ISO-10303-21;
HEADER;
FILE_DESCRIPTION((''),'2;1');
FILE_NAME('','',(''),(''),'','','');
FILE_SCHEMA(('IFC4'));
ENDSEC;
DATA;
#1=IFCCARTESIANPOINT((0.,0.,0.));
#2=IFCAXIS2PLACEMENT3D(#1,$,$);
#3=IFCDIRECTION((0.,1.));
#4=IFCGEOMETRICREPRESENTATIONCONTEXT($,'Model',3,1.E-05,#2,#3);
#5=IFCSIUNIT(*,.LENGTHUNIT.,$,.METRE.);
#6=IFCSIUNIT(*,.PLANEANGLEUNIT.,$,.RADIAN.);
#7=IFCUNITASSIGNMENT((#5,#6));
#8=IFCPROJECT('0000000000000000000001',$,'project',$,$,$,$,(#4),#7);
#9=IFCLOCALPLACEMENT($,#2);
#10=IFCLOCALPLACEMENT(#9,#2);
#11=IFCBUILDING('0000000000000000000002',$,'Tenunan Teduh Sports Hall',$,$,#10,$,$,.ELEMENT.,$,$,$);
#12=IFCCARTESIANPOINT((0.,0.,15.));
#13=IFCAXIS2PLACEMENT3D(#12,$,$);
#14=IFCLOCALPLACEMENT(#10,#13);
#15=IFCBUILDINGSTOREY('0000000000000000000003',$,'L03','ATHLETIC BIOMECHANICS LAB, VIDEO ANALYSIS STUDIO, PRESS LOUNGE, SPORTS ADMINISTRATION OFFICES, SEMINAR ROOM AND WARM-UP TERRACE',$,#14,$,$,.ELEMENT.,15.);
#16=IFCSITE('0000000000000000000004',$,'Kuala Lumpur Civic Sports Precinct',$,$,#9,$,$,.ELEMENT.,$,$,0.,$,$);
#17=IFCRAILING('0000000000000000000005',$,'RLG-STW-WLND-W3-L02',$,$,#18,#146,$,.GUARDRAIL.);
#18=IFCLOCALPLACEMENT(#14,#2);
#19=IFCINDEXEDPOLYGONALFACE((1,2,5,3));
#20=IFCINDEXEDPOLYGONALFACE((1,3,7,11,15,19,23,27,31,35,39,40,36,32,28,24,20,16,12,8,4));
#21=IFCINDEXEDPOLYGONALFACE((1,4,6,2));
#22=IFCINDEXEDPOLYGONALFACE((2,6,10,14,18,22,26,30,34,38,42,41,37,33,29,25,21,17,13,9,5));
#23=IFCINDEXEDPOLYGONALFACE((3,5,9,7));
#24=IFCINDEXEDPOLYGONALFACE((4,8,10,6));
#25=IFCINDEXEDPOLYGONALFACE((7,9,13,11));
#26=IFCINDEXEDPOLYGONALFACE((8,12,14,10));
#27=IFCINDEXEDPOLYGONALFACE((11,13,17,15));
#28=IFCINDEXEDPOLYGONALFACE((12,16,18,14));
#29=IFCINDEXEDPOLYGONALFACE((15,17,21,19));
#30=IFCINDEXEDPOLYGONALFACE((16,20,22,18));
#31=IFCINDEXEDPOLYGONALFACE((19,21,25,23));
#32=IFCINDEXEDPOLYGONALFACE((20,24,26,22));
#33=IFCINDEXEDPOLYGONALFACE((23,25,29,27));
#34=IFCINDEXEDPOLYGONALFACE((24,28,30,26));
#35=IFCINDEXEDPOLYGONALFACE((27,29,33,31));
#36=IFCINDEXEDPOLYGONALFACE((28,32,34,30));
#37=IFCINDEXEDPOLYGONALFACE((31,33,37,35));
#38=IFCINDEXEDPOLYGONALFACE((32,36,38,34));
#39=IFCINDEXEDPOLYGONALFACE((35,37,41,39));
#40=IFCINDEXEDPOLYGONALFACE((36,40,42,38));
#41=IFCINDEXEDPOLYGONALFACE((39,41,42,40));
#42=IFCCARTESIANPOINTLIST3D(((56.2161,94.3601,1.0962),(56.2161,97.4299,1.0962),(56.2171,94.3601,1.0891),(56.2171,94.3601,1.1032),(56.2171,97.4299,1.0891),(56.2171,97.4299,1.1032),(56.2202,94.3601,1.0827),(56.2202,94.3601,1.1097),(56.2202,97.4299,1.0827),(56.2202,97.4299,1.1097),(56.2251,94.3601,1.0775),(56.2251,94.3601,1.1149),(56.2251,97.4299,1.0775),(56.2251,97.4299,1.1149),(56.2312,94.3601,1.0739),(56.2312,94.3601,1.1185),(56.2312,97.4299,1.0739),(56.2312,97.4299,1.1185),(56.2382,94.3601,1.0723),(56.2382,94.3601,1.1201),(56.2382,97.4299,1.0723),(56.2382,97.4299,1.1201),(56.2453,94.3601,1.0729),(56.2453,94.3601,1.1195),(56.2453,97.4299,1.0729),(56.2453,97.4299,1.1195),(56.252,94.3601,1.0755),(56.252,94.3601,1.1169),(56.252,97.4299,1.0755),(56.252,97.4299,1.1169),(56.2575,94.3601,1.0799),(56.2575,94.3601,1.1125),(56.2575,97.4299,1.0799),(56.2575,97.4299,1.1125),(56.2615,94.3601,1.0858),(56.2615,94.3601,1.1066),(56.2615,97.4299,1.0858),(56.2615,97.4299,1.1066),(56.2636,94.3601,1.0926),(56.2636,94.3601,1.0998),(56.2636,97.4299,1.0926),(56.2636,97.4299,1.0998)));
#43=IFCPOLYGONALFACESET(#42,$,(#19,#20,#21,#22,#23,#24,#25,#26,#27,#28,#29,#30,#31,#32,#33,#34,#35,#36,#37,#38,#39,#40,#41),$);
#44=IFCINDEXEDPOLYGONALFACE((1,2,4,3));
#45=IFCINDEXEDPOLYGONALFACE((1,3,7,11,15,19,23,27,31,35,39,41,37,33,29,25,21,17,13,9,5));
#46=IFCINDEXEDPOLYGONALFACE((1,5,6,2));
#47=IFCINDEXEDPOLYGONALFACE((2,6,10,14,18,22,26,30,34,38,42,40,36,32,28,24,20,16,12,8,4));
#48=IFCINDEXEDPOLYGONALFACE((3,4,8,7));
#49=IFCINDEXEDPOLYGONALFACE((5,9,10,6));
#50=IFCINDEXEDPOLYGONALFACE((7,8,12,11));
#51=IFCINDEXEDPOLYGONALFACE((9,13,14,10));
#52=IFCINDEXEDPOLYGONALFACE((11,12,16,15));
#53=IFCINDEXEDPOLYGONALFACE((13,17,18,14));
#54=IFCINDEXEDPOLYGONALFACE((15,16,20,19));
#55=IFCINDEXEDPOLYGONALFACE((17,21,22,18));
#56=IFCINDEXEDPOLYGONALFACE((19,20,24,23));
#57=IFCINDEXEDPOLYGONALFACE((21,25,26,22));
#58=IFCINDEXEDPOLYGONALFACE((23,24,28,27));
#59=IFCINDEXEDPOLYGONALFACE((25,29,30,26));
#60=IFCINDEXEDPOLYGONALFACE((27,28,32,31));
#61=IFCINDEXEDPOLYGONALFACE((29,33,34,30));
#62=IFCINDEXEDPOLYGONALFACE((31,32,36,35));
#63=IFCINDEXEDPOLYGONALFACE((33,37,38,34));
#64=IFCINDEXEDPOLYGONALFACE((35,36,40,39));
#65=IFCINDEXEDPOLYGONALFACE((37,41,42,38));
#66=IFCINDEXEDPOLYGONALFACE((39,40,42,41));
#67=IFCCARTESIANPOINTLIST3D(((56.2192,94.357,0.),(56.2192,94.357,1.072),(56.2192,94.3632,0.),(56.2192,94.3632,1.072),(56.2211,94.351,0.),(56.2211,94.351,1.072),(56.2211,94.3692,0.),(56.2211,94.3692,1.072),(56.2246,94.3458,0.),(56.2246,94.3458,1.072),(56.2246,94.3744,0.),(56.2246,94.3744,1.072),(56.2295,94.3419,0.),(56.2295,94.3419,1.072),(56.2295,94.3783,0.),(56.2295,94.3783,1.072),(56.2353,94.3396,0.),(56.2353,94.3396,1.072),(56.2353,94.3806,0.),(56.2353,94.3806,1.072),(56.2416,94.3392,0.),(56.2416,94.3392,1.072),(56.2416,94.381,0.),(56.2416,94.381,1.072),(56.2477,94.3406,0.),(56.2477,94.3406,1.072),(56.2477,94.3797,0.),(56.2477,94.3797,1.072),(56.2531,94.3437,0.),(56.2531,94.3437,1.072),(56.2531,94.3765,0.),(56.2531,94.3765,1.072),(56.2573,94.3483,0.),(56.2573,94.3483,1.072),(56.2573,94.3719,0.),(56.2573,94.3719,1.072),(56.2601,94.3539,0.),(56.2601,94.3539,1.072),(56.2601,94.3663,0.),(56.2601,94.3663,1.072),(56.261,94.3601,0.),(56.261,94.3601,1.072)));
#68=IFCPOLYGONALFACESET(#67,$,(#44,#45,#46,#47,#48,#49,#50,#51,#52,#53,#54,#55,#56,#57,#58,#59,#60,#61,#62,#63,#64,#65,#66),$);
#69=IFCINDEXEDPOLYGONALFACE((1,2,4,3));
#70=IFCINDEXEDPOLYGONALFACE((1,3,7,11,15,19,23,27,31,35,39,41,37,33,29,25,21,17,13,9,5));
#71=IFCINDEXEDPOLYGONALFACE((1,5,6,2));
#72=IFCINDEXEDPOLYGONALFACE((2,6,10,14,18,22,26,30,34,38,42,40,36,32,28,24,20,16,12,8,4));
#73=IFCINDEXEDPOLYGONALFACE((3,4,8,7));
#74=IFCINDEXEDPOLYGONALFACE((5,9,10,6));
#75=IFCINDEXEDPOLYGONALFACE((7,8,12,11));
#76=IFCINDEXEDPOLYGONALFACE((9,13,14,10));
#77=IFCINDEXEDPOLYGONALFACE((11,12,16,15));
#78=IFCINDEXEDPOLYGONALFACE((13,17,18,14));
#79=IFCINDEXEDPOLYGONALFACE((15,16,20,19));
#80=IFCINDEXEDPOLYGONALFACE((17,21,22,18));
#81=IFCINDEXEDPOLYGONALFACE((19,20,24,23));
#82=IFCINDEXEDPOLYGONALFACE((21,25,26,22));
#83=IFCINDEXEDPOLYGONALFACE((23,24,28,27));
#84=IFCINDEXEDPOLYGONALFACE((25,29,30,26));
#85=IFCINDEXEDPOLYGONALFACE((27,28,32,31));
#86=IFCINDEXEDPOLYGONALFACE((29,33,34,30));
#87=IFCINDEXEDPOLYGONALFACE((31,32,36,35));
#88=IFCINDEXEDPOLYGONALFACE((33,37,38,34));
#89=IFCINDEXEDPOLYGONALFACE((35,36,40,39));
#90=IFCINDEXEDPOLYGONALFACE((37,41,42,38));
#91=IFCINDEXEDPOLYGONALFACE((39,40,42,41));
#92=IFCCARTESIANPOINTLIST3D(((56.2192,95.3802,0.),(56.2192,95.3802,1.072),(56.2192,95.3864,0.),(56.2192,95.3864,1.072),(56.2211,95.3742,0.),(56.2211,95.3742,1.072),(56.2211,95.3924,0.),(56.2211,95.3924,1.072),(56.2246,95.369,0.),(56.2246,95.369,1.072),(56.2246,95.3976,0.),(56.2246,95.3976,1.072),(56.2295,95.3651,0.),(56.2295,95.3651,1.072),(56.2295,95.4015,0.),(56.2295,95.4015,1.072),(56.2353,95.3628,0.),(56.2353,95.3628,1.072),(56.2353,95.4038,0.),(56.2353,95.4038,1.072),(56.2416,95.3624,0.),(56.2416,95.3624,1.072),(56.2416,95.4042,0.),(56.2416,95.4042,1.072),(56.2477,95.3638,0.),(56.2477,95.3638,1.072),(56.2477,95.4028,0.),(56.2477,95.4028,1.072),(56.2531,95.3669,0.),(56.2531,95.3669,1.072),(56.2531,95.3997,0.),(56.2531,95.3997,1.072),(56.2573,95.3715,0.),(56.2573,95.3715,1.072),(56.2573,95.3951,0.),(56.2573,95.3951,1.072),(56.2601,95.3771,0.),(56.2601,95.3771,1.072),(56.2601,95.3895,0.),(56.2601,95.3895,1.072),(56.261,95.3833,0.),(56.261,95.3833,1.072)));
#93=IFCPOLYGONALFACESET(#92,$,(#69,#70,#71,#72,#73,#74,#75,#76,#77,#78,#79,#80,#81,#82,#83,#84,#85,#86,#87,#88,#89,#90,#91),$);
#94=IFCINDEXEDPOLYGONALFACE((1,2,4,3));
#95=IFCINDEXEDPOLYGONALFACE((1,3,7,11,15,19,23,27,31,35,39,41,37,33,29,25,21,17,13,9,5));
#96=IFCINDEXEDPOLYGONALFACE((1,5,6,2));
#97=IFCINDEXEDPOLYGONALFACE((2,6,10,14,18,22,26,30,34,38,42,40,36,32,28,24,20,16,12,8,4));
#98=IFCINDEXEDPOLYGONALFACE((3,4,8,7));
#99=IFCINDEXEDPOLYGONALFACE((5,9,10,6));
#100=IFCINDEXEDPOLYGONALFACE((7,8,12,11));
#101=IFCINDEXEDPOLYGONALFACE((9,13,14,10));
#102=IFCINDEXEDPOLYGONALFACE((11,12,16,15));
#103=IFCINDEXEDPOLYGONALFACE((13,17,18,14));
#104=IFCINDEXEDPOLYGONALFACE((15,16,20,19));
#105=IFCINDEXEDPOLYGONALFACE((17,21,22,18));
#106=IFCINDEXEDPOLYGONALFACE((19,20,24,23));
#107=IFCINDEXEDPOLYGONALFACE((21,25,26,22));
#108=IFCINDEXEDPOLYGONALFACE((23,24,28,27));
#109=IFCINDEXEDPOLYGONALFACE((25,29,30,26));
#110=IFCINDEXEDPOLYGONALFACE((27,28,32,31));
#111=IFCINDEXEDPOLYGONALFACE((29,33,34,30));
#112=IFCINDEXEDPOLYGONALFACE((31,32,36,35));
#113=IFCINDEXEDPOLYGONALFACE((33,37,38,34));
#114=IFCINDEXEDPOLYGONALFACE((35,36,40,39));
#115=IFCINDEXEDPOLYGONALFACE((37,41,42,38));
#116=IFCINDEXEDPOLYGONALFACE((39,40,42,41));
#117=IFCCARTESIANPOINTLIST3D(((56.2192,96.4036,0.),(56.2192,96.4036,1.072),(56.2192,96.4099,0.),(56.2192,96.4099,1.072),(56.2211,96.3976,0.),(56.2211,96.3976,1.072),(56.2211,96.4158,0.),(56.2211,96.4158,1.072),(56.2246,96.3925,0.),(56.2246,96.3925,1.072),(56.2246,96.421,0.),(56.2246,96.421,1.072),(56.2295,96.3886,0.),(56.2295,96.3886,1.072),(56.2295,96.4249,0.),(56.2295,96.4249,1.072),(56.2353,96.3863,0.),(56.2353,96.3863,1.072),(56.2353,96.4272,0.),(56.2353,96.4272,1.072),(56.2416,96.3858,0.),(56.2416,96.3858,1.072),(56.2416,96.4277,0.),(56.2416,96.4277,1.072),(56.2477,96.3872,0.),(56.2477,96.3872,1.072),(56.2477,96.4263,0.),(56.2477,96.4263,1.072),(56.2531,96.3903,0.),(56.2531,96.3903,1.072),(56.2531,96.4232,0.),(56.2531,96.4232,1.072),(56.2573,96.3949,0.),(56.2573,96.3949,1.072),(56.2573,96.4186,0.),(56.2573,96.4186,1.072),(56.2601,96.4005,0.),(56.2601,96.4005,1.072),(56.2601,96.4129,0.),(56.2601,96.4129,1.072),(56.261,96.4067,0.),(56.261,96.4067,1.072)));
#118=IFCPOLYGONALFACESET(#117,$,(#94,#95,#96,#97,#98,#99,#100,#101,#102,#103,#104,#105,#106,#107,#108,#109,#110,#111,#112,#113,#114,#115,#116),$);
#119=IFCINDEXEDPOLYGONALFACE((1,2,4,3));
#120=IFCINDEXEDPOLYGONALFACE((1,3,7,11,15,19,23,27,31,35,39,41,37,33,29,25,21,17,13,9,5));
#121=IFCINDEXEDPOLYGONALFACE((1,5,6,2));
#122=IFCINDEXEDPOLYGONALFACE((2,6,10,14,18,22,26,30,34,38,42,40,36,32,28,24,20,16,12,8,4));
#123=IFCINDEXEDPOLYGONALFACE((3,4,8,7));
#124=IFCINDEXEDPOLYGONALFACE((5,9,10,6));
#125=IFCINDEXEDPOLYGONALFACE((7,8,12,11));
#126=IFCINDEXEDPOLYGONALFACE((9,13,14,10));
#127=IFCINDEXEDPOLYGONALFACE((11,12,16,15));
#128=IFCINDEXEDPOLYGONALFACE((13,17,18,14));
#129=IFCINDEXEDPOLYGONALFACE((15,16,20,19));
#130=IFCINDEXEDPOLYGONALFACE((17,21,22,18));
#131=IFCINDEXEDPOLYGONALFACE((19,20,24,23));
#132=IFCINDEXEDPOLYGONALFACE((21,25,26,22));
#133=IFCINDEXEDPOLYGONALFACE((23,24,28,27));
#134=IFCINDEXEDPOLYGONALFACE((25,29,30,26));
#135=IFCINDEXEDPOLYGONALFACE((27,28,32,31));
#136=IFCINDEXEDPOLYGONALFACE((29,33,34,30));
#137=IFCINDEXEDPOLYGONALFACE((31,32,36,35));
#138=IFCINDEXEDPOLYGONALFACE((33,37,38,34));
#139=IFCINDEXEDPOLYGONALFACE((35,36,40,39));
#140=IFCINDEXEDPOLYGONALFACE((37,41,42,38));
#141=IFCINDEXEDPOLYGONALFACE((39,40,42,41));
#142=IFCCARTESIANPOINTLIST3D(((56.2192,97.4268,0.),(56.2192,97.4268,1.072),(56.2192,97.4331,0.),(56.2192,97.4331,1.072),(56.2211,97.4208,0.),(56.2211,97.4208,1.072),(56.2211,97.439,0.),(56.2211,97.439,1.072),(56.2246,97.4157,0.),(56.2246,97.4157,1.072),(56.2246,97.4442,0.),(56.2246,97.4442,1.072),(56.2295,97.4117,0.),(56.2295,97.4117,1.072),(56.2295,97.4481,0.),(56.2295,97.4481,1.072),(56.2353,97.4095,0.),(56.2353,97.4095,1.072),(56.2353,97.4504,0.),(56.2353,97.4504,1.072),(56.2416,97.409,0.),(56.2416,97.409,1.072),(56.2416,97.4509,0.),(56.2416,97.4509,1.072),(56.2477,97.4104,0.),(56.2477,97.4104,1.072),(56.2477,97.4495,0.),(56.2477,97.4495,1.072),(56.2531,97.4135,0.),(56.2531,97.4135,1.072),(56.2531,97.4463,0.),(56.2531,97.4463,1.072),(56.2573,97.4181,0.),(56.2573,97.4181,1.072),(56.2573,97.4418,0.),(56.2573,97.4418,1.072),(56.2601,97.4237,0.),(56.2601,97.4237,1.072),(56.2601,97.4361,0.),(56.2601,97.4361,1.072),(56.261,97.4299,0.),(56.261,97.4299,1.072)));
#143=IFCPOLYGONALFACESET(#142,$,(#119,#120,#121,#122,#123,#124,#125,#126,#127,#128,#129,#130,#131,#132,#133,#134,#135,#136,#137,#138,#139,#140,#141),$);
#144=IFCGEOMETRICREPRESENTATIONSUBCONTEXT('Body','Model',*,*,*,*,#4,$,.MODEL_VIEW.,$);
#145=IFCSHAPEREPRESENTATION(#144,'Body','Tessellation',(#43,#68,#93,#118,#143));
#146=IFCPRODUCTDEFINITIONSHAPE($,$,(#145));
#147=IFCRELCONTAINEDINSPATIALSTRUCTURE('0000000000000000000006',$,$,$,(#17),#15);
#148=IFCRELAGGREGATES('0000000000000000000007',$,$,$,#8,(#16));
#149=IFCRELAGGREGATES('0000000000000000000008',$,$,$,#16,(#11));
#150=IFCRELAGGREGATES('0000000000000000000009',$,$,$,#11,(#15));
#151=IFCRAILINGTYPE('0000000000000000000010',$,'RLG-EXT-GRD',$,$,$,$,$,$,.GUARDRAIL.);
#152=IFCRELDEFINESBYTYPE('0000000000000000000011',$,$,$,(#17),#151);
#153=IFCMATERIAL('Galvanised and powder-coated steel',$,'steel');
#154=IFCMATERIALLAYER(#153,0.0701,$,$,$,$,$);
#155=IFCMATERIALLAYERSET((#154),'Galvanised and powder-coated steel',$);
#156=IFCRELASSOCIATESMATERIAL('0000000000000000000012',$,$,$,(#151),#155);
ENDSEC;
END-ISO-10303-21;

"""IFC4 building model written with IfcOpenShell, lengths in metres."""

from ifc_helpers import new_model, si_unit, direction, frame, origin, origin_2d, place, context, subcontext, project, spatial, circle, extrude, material, layer, layer_set, type_object, element, save


model = new_model("IFC4")

# Units and contexts
model_context = context("Model", 3, precision=1e-05, world=origin(), true_north=direction((0.0, 1.0)))
body_context = subcontext(model_context, "Body", "Model", "MODEL_VIEW")
ifc_project = project(units=[si_unit("LENGTHUNIT", "METRE"), si_unit("PLANEANGLEUNIT", "RADIAN")], contexts=[model_context])

# Site, building, storey
site_placement = place(None, origin())
site = spatial("IfcSite", under=ifc_project, at=site_placement, Name="Kuala Lumpur Civic Sports Precinct", CompositionType="ELEMENT", RefElevation=0.0)
building_placement = place(site_placement, origin())
building = spatial("IfcBuilding", under=site, at=building_placement, Name="Tenunan Teduh Sports Hall", CompositionType="ELEMENT")
storey_placement = place(building_placement, frame((0.0, 0.0, 15.0)))
storey = spatial("IfcBuildingStorey", under=building, at=storey_placement, Name="L03", Description="ATHLETIC BIOMECHANICS LAB, VIDEO ANALYSIS STUDIO, PRESS LOUNGE, SPORTS ADMINISTRATION OFFICES, SEMINAR ROOM AND WARM-UP TERRACE", CompositionType="ELEMENT", Elevation=15.0)

# Railing
ifc_material_1 = material(Name="Galvanised and powder-coated steel", Category="steel")
ifc_layer_1 = layer(ifc_material_1, 0.0701)
ifc_layer_set_1 = layer_set([ifc_layer_1], Name="Galvanised and powder-coated steel")
railing_type_1 = type_object("IfcRailingType", Name="RLG-EXT-GRD", PredefinedType="GUARDRAIL", material=ifc_layer_set_1)
railing_1_placement = place(storey_placement, frame((56.24, 94.3601, 0.0)))
element("IfcRailing", 1, at=railing_1_placement, inside=storey, type_object=railing_type_1, Name="RLG-STW-WLND-W3-L02", PredefinedType="GUARDRAIL", context=body_context, shape_type="SweptSolid", body=[
    extrude(circle(Radius=0.0239, at=origin_2d()), frame((0.0, 0.0, 1.0962), z_axis=(0.0, 1.0, 0.0), x_axis=(-1.0, 0.0, 0.0)), (0.0, 0.0, 1.0), 3.0698),
    extrude(circle(Radius=0.021, at=origin_2d()), origin(), (0.0, 0.0, 1.0), 1.072),
    extrude(circle(Radius=0.021, at=origin_2d()), frame((0.0, 1.0232, 0.0)), (0.0, 0.0, 1.0), 1.072),
    extrude(circle(Radius=0.021, at=origin_2d()), frame((0.0, 2.0466, 0.0)), (0.0, 0.0, 1.0), 1.072),
    extrude(circle(Radius=0.021, at=origin_2d()), frame((0.0, 3.0698, 0.0)), (0.0, 0.0, 1.0), 1.072),
])

save(model, "model.ifc")
